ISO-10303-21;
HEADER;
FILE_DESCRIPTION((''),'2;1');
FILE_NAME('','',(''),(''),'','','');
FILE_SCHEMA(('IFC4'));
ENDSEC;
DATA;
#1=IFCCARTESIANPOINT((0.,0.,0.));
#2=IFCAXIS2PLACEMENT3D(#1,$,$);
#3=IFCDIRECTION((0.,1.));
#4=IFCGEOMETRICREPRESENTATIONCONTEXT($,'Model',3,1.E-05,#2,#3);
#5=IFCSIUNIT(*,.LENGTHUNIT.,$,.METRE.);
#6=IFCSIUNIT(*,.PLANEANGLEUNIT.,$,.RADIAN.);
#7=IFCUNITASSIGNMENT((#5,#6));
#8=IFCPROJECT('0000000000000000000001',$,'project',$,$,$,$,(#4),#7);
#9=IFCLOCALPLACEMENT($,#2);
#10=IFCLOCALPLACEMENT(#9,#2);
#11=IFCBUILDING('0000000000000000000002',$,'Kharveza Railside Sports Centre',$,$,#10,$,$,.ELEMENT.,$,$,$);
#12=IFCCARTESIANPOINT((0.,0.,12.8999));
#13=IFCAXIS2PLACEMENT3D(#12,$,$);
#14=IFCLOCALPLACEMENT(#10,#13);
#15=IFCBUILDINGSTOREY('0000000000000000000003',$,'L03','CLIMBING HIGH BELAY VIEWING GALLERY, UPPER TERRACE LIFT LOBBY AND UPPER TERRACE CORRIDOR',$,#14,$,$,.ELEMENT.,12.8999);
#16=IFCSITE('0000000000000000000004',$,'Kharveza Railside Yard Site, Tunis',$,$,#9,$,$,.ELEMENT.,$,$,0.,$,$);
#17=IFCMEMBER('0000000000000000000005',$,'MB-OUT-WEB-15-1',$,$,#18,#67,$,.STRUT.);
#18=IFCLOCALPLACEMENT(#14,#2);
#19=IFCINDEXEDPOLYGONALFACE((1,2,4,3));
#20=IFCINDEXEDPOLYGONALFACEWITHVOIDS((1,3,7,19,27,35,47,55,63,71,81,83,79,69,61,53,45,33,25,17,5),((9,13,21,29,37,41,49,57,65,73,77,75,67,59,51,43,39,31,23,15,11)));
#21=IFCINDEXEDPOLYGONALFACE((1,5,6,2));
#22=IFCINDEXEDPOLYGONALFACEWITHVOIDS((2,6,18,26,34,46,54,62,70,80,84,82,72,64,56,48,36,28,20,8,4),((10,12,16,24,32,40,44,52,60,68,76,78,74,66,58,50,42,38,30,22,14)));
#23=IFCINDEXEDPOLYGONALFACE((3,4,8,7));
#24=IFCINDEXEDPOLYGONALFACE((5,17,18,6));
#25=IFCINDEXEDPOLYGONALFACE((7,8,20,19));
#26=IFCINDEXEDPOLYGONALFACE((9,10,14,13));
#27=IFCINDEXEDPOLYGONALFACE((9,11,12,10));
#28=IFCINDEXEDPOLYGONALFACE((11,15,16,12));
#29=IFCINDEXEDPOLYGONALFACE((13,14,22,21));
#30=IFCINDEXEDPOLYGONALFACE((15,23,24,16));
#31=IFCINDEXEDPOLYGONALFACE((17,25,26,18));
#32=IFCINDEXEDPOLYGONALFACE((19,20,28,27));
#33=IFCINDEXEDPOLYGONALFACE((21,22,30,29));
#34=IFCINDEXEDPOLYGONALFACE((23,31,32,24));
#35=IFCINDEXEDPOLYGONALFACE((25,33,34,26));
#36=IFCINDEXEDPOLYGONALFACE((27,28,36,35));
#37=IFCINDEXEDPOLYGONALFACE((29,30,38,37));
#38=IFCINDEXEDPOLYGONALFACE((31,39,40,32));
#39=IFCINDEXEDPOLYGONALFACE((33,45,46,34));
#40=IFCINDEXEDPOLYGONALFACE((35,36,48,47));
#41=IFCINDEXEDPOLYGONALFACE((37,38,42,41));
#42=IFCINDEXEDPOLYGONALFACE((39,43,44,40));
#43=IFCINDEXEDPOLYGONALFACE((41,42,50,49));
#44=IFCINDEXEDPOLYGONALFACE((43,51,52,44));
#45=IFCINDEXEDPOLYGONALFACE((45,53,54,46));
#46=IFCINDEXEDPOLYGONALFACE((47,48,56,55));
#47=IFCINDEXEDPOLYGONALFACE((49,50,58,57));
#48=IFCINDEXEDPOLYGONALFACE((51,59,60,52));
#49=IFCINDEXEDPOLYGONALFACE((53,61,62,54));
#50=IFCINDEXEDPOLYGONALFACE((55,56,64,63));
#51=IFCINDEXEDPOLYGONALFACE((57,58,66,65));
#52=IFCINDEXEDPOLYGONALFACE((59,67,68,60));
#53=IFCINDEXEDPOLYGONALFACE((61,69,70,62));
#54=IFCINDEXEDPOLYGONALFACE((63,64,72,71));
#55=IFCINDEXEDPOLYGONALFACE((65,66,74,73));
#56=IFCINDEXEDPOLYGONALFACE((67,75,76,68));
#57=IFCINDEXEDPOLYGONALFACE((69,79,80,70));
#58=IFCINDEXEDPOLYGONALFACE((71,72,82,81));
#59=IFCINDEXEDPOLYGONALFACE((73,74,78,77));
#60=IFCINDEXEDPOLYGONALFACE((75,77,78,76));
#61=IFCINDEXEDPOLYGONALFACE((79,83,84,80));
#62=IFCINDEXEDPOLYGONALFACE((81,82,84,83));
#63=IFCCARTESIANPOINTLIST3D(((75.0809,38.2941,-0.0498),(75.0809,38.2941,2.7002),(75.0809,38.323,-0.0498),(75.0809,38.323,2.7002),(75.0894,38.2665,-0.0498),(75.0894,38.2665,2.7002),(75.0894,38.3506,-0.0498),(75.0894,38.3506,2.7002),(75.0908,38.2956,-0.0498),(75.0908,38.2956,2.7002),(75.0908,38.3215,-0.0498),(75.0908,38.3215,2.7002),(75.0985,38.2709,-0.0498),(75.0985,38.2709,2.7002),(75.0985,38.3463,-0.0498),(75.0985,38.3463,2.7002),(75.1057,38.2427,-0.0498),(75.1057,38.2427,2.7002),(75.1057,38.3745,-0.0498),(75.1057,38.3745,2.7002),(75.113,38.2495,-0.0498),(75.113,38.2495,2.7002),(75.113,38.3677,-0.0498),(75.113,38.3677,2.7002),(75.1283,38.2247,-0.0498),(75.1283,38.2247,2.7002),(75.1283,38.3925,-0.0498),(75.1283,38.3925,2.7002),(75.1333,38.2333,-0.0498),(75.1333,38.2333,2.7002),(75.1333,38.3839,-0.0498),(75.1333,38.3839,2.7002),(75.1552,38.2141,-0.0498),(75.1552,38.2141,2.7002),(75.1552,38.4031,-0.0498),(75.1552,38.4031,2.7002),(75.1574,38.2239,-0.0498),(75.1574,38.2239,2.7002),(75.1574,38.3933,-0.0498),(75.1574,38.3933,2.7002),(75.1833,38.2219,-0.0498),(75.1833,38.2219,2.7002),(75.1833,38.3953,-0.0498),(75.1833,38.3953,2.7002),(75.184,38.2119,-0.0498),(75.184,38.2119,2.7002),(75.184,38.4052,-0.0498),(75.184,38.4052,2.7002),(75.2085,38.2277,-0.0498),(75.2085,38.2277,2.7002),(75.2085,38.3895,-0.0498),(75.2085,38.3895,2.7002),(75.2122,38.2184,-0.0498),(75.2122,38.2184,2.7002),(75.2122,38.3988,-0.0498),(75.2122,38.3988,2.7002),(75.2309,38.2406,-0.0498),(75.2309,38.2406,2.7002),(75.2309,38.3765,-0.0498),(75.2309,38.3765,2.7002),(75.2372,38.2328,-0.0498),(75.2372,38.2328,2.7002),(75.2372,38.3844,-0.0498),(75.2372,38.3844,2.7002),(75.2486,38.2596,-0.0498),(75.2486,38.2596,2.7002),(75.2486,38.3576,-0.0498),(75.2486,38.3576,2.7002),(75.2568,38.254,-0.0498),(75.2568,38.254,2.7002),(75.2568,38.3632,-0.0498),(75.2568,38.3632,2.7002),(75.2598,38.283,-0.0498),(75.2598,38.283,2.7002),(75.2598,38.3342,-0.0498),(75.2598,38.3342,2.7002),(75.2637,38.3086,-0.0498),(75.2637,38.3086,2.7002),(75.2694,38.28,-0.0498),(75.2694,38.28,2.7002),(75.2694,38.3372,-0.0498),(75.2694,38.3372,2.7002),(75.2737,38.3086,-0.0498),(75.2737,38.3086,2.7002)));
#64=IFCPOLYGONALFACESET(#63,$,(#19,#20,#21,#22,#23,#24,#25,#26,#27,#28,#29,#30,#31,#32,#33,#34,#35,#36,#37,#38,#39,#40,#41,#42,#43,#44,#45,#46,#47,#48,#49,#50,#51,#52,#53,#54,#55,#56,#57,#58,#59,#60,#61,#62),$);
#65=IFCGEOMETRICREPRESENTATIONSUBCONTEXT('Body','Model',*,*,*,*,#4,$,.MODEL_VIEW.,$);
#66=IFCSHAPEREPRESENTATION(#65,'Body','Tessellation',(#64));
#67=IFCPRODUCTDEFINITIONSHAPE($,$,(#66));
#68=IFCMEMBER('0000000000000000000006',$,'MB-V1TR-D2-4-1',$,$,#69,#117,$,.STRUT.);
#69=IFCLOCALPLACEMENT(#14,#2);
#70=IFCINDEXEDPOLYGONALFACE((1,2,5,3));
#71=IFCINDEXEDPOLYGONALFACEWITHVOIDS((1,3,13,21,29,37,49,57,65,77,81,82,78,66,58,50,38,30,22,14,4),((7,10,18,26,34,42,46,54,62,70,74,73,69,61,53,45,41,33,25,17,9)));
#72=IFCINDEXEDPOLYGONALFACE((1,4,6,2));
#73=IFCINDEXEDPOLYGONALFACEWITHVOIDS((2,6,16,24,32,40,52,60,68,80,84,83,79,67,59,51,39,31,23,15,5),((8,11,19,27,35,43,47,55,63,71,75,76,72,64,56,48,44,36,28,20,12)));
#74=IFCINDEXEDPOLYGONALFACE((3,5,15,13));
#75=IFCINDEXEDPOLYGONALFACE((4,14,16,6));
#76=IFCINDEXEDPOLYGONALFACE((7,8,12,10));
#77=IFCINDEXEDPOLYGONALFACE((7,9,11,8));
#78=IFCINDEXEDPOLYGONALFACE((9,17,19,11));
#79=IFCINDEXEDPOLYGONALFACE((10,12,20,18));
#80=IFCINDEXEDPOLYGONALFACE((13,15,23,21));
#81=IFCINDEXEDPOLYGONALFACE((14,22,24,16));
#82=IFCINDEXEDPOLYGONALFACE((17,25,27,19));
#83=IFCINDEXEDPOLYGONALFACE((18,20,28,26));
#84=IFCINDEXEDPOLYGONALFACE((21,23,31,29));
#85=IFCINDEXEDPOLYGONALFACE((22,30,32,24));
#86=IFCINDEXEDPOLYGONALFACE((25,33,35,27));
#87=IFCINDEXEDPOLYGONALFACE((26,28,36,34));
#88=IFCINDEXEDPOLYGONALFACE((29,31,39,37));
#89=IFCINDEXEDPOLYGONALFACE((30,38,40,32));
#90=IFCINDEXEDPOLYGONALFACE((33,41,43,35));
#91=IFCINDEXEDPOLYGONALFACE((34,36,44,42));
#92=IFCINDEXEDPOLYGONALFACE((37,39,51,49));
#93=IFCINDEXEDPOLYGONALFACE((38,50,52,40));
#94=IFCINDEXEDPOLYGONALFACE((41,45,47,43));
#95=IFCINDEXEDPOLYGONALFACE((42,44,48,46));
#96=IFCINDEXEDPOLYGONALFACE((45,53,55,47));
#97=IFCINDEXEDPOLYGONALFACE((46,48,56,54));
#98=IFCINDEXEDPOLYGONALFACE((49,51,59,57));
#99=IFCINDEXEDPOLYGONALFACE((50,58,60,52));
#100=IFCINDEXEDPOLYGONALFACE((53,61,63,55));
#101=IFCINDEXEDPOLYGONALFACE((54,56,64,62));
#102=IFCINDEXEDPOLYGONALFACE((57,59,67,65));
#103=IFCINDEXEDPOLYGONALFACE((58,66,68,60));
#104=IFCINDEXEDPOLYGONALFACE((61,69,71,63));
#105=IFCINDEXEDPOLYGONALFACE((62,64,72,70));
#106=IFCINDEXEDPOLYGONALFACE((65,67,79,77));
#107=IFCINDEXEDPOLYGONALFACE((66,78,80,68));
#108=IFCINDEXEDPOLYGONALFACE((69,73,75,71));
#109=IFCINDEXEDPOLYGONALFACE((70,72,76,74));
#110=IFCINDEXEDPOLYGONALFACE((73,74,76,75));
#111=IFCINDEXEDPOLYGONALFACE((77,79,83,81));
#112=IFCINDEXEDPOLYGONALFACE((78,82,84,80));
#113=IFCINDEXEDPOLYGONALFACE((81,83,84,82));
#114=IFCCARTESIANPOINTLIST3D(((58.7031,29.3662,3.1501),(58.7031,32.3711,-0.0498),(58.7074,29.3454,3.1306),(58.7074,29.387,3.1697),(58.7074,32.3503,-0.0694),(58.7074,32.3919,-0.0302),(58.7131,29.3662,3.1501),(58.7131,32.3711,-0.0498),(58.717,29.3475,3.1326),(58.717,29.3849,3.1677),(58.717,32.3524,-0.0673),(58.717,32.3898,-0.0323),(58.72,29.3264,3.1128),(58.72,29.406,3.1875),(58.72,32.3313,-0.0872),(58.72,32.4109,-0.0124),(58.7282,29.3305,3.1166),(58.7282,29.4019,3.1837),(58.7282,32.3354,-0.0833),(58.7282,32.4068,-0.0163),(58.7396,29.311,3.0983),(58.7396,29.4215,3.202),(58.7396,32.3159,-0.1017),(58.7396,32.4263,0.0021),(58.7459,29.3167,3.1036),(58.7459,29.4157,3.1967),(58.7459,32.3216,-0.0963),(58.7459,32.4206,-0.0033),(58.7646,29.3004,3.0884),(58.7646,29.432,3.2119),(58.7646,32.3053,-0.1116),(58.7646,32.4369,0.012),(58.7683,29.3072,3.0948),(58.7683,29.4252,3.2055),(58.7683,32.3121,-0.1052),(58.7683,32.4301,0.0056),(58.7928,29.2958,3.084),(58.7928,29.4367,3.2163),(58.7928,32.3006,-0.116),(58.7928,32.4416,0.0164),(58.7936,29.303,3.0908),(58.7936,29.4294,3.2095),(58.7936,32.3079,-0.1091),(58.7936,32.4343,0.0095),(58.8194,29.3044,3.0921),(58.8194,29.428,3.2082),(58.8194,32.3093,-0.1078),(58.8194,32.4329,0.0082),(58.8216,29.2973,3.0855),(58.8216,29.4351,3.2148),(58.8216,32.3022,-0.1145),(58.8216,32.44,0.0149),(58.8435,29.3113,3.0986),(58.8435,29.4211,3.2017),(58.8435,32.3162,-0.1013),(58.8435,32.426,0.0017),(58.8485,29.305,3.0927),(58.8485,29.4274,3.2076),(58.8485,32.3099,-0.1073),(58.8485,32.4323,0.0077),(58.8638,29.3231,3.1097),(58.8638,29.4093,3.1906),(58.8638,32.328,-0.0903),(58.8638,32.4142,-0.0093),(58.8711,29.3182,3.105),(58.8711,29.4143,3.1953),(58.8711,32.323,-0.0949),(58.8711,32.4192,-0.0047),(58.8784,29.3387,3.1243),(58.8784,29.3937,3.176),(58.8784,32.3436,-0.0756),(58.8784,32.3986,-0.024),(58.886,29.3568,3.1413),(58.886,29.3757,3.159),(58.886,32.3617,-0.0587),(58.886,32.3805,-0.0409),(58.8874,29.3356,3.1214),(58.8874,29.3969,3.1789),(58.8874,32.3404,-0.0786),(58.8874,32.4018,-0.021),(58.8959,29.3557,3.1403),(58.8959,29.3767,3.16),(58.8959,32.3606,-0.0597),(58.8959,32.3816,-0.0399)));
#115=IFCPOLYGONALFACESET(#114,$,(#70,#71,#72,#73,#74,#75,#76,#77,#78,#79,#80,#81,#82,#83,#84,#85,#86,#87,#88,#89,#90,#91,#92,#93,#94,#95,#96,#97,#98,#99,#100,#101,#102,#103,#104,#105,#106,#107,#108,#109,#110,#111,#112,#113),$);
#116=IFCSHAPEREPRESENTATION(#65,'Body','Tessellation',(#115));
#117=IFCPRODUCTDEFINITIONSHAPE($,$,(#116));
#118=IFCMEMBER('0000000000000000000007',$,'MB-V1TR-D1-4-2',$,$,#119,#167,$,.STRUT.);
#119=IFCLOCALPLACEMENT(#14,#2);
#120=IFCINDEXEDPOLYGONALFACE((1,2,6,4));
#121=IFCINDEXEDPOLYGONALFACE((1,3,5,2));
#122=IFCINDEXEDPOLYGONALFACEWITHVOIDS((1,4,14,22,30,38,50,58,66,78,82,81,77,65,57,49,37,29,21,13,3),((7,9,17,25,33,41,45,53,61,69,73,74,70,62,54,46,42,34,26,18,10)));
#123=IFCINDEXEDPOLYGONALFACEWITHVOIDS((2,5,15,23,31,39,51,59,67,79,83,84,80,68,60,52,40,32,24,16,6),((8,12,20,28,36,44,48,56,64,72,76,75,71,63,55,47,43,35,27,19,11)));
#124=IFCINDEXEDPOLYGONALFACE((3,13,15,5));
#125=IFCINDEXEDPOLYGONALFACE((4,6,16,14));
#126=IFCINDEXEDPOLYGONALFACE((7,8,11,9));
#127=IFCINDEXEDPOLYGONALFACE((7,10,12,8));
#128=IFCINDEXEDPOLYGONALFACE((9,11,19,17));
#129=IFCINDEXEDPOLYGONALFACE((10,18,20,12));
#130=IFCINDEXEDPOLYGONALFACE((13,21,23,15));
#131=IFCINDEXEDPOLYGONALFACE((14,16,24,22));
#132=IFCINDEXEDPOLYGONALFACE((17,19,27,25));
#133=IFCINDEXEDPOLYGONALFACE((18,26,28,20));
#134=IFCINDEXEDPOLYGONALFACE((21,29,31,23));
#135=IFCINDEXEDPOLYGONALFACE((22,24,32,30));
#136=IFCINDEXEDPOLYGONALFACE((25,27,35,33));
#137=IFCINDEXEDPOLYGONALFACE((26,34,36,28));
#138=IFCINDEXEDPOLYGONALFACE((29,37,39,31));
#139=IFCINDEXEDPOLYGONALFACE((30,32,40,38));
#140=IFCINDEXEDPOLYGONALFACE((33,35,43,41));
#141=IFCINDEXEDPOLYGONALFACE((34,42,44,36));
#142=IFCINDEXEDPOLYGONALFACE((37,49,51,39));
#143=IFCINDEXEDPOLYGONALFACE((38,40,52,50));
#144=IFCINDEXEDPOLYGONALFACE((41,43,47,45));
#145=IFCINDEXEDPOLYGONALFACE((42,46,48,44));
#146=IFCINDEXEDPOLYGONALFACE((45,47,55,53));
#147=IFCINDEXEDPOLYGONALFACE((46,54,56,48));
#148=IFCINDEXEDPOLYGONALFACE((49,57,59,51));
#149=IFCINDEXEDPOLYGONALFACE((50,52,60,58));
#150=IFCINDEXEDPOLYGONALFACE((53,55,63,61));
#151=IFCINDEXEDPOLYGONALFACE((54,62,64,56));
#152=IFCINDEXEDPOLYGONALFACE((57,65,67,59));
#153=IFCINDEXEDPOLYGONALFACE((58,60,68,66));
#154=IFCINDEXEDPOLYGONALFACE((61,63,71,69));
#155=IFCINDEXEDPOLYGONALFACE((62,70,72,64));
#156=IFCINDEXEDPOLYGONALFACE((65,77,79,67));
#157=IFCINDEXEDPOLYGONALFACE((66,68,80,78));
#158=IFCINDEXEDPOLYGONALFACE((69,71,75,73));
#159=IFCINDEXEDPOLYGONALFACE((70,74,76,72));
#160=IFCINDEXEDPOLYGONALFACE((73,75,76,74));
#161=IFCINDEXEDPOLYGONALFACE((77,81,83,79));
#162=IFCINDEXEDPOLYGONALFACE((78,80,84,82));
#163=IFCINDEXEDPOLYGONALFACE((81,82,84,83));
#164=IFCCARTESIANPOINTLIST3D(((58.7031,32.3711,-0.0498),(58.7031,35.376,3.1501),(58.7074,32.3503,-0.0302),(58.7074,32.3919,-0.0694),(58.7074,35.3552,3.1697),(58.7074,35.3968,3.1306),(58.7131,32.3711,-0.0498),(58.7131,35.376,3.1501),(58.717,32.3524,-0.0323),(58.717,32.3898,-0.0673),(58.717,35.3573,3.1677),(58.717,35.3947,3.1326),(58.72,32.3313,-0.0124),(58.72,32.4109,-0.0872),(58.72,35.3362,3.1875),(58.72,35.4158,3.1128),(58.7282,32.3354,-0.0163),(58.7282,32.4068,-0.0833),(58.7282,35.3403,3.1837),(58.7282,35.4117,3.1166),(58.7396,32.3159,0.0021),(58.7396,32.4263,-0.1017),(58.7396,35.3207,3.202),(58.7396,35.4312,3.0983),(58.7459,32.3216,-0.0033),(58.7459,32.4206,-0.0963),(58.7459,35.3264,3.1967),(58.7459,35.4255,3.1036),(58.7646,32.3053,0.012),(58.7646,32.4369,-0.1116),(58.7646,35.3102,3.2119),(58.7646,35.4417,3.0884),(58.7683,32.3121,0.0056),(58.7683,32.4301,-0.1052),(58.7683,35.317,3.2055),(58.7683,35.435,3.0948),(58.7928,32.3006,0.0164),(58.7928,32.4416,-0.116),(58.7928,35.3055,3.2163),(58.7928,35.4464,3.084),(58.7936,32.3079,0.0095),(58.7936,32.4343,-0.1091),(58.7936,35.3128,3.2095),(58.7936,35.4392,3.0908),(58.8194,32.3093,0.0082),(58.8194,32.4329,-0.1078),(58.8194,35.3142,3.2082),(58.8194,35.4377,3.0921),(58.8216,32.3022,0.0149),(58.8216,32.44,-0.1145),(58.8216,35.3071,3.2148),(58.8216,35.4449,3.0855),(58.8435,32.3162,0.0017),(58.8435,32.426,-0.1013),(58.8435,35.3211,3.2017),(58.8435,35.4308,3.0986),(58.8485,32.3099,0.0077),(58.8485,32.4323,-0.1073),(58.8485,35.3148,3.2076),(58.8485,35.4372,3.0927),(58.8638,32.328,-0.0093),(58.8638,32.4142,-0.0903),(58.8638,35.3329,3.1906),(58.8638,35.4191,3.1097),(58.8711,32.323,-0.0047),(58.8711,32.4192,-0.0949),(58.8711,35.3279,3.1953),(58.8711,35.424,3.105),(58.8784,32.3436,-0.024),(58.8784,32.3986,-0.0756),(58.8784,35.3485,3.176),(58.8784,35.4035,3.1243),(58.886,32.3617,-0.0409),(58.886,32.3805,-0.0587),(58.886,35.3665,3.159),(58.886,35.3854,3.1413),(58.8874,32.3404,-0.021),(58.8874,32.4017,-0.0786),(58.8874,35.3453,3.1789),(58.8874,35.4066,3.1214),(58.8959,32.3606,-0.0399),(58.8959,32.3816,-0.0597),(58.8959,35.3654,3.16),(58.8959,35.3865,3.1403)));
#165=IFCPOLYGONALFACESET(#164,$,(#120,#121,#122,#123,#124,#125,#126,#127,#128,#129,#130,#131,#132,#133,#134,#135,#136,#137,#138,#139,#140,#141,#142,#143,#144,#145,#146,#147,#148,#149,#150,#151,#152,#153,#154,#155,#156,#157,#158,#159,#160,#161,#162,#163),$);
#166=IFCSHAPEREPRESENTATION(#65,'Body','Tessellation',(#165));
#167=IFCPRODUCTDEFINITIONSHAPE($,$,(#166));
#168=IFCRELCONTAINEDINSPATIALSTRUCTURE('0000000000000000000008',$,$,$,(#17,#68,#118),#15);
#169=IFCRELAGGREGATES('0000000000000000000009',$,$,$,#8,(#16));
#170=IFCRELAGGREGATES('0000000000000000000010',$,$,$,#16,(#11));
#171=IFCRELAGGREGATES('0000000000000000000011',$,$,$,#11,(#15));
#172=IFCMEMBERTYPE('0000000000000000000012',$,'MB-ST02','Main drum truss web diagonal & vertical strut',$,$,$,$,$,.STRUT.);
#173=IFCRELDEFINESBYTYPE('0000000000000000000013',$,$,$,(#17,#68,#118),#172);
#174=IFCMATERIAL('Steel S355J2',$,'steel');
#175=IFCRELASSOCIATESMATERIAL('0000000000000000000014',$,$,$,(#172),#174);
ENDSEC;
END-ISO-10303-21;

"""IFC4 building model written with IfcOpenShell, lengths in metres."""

from ifc_helpers import new_model, si_unit, direction, frame, origin, origin_2d, place, context, subcontext, project, spatial, hollow_circle, extrude, material, material_profile, profile_set, type_object, element, save


model = new_model("IFC4")

# Units and contexts
model_context = context("Model", 3, precision=1e-05, world=origin(), true_north=direction((0.0, 1.0)))
body_context = subcontext(model_context, "Body", "Model", "MODEL_VIEW")
ifc_project = project(units=[si_unit("LENGTHUNIT", "METRE"), si_unit("PLANEANGLEUNIT", "RADIAN")], contexts=[model_context])

# Site, building, storey
site_placement = place(None, origin())
site = spatial("IfcSite", under=ifc_project, at=site_placement, Name="Kharveza Railside Yard Site, Tunis", CompositionType="ELEMENT", RefElevation=0.0)
building_placement = place(site_placement, origin())
building = spatial("IfcBuilding", under=site, at=building_placement, Name="Kharveza Railside Sports Centre", CompositionType="ELEMENT")
storey_placement = place(building_placement, frame((0.0, 0.0, 12.8999)))
storey = spatial("IfcBuildingStorey", under=building, at=storey_placement, Name="L03", Description="CLIMBING HIGH BELAY VIEWING GALLERY, UPPER TERRACE LIFT LOBBY AND UPPER TERRACE CORRIDOR", CompositionType="ELEMENT", Elevation=12.8999)

# Members
ifc_material = material(Name="Steel S355J2", Category="steel")
ifc_material_profile_1 = material_profile(ifc_material, hollow_circle(Radius=0.0969, WallThickness=0.01, at=origin_2d()), Name="CHS 193.7x10.0")
ifc_profile_set_1 = profile_set([ifc_material_profile_1], Name="Steel S355J2")
member_type_1 = type_object("IfcMemberType", Name="MB-ST02", Description="Main drum truss web diagonal & vertical strut", PredefinedType="STRUT", material=ifc_profile_set_1)
member_1_placement = place(storey_placement, frame((75.1768, 38.3086, -0.0498), z_axis=(0.0, 0.0, 1.0), x_axis=(1.0, 0.0, 0.0)))
element("IfcMember", 1, at=member_1_placement, inside=storey, type_object=member_type_1, Name="MB-OUT-WEB-15-1", PredefinedType="STRUT", context=body_context, shape_type="SweptSolid", body=[
    extrude(hollow_circle(Radius=0.0969, WallThickness=0.01, at=origin_2d()), origin(), (0.0, 0.0, 1.0), 2.75),
])
for number, where, z_axis, x_axis, name in (
    (2, (58.8, 29.3662, 3.1501), (0.0, 0.684538, -0.728977), (-1.0, 0.0, 0.0), "MB-V1TR-D2-4-1"),
    (3, (58.8, 32.3711, -0.0498), (0.0, 0.684538, 0.728977), (-1.0, 0.0, 0.0), "MB-V1TR-D1-4-2"),
):
    element("IfcMember", number, at=place(storey_placement, frame(where, z_axis=z_axis, x_axis=x_axis)), inside=storey, type_object=member_type_1, Name=name, PredefinedType="STRUT", context=body_context, shape_type="SweptSolid", body=[
        extrude(hollow_circle(Radius=0.0969, WallThickness=0.01, at=origin_2d()), origin(), (0.0, 0.0, 1.0), 4.3896),
    ])

save(model, "model.ifc")
